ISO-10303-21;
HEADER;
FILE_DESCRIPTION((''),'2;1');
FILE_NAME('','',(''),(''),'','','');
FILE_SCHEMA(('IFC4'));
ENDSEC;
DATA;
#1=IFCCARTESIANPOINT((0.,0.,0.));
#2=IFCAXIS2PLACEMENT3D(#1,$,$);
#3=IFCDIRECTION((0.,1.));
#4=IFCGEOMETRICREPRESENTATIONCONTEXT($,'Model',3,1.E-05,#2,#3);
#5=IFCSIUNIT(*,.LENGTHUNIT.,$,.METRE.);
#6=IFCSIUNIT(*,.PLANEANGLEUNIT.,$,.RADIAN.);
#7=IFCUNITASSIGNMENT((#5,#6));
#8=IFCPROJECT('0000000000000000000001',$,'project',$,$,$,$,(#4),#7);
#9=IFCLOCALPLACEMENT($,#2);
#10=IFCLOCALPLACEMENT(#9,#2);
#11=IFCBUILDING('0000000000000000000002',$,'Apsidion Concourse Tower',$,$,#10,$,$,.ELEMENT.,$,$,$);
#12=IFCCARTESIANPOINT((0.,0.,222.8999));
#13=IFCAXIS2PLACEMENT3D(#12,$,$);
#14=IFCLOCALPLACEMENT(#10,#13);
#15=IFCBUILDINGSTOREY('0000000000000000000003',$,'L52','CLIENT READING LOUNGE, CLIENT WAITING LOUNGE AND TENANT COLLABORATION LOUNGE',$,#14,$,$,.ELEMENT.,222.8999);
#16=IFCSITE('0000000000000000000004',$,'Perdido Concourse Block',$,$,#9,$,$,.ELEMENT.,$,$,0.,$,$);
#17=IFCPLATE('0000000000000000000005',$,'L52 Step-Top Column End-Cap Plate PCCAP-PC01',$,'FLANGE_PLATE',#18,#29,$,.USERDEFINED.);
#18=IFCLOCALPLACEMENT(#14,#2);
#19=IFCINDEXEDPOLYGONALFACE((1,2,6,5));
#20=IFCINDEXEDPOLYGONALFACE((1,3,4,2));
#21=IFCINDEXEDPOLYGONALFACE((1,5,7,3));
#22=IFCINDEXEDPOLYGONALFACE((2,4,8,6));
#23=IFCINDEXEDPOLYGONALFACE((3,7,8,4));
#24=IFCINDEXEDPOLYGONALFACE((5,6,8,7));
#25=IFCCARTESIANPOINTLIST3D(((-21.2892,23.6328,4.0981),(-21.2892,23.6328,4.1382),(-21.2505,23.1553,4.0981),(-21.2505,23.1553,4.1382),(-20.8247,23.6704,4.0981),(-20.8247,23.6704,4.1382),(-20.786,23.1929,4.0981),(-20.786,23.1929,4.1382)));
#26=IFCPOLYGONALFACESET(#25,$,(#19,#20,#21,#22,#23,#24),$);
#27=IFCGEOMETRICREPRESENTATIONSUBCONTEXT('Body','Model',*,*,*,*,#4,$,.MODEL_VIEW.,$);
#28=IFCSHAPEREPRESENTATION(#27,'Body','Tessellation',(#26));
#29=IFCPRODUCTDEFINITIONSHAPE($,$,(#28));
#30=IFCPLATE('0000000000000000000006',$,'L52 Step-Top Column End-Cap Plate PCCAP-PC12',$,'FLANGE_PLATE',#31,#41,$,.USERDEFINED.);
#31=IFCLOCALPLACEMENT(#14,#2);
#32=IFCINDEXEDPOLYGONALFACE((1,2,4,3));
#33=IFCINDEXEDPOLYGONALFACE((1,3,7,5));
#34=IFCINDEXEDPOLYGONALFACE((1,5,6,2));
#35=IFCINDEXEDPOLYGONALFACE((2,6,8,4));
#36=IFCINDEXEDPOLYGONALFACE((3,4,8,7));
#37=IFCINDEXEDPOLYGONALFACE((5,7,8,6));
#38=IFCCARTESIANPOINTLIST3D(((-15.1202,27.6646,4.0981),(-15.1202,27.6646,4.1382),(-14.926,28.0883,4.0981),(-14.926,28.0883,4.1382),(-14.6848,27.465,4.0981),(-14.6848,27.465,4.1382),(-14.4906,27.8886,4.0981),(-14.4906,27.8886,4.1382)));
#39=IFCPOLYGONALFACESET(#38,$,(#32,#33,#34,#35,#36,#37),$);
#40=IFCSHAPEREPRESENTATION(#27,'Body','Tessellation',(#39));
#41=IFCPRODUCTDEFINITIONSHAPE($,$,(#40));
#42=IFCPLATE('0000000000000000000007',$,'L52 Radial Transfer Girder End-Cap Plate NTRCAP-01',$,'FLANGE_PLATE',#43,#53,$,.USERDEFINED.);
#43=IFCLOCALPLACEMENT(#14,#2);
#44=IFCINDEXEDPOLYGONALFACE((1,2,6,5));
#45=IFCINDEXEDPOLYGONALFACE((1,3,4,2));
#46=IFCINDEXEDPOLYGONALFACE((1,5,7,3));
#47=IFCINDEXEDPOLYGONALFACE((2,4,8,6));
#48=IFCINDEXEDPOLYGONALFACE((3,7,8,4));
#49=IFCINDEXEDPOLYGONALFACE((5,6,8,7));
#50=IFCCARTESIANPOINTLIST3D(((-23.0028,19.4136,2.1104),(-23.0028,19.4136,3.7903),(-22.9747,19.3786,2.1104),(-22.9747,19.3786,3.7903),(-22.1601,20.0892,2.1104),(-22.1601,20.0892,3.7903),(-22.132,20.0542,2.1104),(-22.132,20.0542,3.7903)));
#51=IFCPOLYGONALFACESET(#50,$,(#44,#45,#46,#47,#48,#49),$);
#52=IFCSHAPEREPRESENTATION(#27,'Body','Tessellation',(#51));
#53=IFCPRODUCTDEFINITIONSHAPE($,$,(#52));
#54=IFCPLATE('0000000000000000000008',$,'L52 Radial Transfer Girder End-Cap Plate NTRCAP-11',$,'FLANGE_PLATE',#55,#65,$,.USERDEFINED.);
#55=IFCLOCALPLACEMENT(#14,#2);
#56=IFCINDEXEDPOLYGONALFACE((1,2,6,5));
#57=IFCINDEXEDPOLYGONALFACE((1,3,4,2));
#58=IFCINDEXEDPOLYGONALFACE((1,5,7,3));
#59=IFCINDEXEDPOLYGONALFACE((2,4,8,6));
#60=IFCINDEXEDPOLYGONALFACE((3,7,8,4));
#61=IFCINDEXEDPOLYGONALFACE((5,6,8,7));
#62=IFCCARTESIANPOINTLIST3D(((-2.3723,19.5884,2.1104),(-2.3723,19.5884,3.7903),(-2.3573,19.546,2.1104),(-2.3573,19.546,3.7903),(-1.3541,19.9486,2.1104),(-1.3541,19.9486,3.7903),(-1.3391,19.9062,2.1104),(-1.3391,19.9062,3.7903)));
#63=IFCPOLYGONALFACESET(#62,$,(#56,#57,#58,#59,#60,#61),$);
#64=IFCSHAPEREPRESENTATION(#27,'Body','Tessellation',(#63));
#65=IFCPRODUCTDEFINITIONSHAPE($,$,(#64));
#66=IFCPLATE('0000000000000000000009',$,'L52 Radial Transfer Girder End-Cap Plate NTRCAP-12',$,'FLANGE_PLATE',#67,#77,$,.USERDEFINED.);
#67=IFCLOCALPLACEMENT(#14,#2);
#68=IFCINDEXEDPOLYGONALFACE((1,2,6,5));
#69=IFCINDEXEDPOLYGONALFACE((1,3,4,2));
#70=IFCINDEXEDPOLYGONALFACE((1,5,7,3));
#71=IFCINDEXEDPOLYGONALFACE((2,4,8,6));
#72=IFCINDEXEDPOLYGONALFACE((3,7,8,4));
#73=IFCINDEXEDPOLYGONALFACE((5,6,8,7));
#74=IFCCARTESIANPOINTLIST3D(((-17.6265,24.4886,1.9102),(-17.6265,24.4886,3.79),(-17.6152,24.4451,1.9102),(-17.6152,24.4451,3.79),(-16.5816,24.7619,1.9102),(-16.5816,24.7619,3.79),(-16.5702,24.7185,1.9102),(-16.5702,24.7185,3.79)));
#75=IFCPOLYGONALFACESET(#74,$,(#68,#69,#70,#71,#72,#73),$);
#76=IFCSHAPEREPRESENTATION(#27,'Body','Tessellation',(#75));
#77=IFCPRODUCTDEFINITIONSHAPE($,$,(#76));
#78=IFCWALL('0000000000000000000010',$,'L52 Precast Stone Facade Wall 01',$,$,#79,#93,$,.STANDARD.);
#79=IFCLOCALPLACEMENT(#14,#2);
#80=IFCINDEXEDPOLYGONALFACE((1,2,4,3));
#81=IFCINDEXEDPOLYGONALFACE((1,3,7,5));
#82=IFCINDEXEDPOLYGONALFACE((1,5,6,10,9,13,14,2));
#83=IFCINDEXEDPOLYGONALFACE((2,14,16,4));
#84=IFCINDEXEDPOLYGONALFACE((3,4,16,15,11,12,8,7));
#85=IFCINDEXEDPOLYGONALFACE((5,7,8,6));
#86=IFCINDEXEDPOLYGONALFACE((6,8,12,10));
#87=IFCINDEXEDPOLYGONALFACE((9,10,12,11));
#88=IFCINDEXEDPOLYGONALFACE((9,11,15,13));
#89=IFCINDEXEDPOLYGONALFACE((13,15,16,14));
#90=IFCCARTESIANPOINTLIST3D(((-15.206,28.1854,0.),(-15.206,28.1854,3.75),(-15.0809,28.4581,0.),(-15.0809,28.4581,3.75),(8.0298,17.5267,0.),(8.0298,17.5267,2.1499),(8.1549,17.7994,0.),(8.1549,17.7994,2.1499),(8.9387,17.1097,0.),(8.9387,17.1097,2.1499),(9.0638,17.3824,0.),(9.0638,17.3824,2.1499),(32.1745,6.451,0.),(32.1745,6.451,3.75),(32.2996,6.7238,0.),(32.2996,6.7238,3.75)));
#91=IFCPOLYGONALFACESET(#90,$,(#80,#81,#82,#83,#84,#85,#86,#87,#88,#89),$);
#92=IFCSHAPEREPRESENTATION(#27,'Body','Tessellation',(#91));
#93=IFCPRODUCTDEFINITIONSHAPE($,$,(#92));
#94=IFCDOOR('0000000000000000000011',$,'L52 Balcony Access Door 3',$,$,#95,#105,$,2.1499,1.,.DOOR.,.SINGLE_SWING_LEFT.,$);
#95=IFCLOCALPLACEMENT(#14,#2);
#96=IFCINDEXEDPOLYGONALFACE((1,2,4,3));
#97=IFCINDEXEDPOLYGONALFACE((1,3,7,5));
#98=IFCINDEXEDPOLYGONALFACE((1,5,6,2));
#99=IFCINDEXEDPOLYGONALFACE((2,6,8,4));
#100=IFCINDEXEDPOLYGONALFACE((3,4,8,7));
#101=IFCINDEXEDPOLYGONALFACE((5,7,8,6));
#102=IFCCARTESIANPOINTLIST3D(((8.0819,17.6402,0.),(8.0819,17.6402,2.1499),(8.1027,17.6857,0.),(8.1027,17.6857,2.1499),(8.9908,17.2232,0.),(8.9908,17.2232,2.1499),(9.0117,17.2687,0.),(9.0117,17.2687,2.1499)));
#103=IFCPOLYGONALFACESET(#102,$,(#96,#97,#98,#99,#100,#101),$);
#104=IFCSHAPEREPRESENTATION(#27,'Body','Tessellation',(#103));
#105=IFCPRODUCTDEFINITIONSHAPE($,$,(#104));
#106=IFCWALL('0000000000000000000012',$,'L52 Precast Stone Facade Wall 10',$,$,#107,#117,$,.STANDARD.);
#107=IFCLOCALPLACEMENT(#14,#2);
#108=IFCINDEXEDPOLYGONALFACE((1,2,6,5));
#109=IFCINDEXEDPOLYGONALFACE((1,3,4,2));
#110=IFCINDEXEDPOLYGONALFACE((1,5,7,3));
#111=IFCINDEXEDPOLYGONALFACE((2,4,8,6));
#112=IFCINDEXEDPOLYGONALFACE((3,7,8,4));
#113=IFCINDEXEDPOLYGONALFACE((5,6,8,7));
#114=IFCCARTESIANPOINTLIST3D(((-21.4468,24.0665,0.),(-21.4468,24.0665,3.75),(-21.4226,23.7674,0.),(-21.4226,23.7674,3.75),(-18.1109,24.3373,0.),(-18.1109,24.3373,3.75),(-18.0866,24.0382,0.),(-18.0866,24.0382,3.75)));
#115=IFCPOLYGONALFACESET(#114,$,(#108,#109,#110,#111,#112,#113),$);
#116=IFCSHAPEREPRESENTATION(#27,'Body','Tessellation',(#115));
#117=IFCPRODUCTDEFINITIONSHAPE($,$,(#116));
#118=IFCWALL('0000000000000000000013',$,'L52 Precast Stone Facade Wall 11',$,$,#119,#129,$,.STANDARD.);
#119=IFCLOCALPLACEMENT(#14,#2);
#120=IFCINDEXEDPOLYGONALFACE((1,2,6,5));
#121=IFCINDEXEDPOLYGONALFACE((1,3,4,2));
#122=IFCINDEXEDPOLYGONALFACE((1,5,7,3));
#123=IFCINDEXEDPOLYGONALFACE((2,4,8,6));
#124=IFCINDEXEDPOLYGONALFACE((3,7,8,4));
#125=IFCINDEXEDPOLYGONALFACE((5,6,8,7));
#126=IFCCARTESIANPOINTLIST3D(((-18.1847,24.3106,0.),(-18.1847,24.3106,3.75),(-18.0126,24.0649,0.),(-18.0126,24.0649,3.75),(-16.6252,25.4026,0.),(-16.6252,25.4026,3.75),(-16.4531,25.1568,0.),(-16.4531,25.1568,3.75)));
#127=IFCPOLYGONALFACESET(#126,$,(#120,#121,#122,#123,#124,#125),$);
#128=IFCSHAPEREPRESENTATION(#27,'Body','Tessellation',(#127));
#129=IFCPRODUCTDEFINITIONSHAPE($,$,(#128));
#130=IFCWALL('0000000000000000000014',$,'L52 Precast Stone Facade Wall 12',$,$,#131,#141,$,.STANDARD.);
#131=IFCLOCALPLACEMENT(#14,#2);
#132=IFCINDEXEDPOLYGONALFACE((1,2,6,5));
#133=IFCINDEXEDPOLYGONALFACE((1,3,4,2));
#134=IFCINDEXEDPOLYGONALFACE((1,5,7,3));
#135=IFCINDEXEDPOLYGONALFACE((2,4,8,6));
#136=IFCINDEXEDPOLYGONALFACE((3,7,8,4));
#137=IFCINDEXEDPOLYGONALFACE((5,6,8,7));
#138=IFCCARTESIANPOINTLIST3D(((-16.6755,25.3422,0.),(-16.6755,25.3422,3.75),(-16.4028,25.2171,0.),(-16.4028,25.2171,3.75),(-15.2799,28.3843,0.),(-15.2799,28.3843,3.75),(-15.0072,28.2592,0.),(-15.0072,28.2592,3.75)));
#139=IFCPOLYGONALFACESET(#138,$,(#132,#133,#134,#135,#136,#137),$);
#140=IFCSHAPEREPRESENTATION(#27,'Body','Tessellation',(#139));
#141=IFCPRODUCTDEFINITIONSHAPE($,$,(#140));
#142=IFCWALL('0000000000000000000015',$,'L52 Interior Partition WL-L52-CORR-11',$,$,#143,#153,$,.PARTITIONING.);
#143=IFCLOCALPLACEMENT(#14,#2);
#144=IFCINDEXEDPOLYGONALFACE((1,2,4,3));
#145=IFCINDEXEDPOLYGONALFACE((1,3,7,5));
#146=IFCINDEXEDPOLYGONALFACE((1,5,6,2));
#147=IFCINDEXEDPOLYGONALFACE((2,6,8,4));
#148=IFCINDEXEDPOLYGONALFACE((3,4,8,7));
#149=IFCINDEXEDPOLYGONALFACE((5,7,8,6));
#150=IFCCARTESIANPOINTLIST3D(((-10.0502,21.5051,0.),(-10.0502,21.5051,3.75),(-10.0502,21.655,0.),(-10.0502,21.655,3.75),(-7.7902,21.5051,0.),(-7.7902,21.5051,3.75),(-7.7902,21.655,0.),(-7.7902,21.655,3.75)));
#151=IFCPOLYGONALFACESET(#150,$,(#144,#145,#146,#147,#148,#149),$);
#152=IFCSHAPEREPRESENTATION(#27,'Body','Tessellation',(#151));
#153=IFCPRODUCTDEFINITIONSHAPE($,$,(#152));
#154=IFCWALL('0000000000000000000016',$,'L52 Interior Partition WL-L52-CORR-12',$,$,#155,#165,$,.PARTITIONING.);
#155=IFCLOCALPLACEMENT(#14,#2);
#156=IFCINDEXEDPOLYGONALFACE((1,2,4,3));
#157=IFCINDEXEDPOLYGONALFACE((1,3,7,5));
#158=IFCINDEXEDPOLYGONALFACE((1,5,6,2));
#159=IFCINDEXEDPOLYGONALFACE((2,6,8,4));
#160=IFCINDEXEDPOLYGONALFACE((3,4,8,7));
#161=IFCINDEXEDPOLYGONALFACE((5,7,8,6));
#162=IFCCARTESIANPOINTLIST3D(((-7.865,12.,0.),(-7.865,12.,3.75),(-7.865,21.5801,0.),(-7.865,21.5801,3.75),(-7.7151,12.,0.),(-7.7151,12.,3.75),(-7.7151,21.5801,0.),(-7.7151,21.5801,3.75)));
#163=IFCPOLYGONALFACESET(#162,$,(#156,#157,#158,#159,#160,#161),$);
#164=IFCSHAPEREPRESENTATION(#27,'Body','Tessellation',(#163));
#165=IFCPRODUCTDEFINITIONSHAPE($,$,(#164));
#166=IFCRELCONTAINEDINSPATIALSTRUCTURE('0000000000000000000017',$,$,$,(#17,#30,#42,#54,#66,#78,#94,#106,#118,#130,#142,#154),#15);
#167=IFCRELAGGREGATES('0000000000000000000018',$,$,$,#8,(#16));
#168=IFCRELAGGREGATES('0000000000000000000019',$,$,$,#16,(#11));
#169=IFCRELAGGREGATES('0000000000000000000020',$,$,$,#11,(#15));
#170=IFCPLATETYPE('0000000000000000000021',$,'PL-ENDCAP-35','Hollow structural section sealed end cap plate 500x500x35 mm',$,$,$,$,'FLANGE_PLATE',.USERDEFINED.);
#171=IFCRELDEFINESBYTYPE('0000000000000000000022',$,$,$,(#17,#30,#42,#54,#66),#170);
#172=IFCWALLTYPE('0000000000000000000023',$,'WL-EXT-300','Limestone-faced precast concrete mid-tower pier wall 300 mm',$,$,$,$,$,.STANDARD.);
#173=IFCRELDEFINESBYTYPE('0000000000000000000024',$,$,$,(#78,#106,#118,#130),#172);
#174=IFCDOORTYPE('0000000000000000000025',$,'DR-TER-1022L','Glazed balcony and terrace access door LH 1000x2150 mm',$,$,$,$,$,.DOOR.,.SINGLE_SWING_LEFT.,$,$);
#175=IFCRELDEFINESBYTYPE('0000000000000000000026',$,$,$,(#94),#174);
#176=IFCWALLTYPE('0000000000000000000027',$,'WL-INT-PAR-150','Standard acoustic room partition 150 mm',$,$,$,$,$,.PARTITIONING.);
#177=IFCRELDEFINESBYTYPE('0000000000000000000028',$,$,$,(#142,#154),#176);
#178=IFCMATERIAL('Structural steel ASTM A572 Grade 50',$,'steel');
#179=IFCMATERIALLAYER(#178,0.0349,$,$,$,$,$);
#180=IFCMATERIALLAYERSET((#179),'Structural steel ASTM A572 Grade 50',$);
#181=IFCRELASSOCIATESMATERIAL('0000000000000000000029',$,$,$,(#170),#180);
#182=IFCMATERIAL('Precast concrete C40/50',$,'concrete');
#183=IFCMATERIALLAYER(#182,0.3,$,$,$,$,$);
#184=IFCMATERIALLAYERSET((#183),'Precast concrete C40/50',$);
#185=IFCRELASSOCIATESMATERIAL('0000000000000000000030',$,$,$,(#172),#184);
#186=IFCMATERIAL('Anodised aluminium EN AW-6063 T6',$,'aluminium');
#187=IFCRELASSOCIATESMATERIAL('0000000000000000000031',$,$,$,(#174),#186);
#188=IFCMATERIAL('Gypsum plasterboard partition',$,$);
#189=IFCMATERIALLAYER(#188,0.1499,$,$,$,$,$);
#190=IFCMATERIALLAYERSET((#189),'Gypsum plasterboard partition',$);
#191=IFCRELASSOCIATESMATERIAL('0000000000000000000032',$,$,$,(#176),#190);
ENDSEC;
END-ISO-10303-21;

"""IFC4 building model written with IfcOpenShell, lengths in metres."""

from ifc_helpers import new_model, si_unit, direction, frame, frame_2d, origin, origin_2d, place, context, subcontext, project, spatial, rectangle, extrude, material, layer, layer_set, type_object, element, fill, save


model = new_model("IFC4")

# Units and contexts
model_context = context("Model", 3, precision=1e-05, world=origin(), true_north=direction((0.0, 1.0)))
body_context = subcontext(model_context, "Body", "Model", "MODEL_VIEW")
ifc_project = project(units=[si_unit("LENGTHUNIT", "METRE"), si_unit("PLANEANGLEUNIT", "RADIAN")], contexts=[model_context])

# Site, building, storey
site_placement = place(None, origin())
site = spatial("IfcSite", under=ifc_project, at=site_placement, Name="Perdido Concourse Block", CompositionType="ELEMENT", RefElevation=0.0)
building_placement = place(site_placement, origin())
building = spatial("IfcBuilding", under=site, at=building_placement, Name="Apsidion Concourse Tower", CompositionType="ELEMENT")
storey_placement = place(building_placement, frame((0.0, 0.0, 222.8999)))
storey = spatial("IfcBuildingStorey", under=building, at=storey_placement, Name="L52", Description="CLIENT READING LOUNGE, CLIENT WAITING LOUNGE AND TENANT COLLABORATION LOUNGE", CompositionType="ELEMENT", Elevation=222.8999)

# Shared definitions
ifc_material_1 = material(Name="Structural steel ASTM A572 Grade 50", Category="steel")

# Plates
ifc_layer_1 = layer(ifc_material_1, 0.0349)
ifc_layer_set_1 = layer_set([ifc_layer_1], Name="Structural steel ASTM A572 Grade 50")
plate_type = type_object("IfcPlateType", Name="PL-ENDCAP-35", Description="Hollow structural section sealed end cap plate 500x500x35 mm", ElementType="FLANGE_PLATE", PredefinedType="USERDEFINED", material=ifc_layer_set_1)
for number, where, z_axis, x_axis, name in (
    (1, (-21.0376, 23.4128, 4.0981), (0.0, 0.0, 1.0), (-0.080721, 0.996737, 0.0), "L52 Step-Top Column End-Cap Plate PCCAP-PC01"),
    (2, (-14.8054, 27.7766, 4.0981), (0.0, 0.0, 1.0), (-0.909018, 0.416757, 0.0), "L52 Step-Top Column End-Cap Plate PCCAP-PC12"),
):
    element("IfcPlate", number, at=place(storey_placement, frame(where, z_axis=z_axis, x_axis=x_axis)), inside=storey, type_object=plate_type, Name=name, ObjectType="FLANGE_PLATE", PredefinedType="USERDEFINED", context=body_context, shape_type="SweptSolid", body=[
        extrude(rectangle(XDim=0.479, YDim=0.4661, at=origin_2d()), origin(), (0.0, 0.0, 1.0), 0.04),
    ])
for number, where, z_axis, x_axis, name in (
    (3, (-22.5674, 19.7339, 2.1104), (0.0, 0.0, 1.0), (-0.625515, 0.780212, 0.0), "L52 Radial Transfer Girder End-Cap Plate NTRCAP-01"),
    (4, (-1.8557, 19.7473, 2.1104), (0.0, 0.0, 1.0), (-0.333478, 0.942758, 0.0), "L52 Radial Transfer Girder End-Cap Plate NTRCAP-11"),
):
    element("IfcPlate", number, at=place(storey_placement, frame(where, z_axis=z_axis, x_axis=x_axis)), inside=storey, type_object=plate_type, Name=name, ObjectType="FLANGE_PLATE", PredefinedType="USERDEFINED", context=body_context, shape_type="SweptSolid", body=[
        extrude(rectangle(XDim=0.0449, YDim=1.0801, at=origin_2d()), origin(), (0.0, 0.0, 1.0), 1.6799),
    ])
plate_placement = place(storey_placement, frame((-17.0984, 24.6035, 1.9102), z_axis=(0.0, 0.0, 1.0), x_axis=(-0.253083, 0.967445, 0.0)))
element("IfcPlate", 5, at=plate_placement, inside=storey, type_object=plate_type, Name="L52 Radial Transfer Girder End-Cap Plate NTRCAP-12", ObjectType="FLANGE_PLATE", PredefinedType="USERDEFINED", context=body_context, shape_type="SweptSolid", body=[
    extrude(rectangle(XDim=0.0449, YDim=1.0801, at=origin_2d()), origin(), (0.0, 0.0, 1.0), 1.8799),
])

# Wall, opening, door
ifc_material_2 = material(Name="Precast concrete C40/50", Category="concrete")
ifc_layer_2 = layer(ifc_material_2, 0.3)
ifc_layer_set_2 = layer_set([ifc_layer_2], Name="Precast concrete C40/50")
wall_type_1 = type_object("IfcWallType", Name="WL-EXT-300", Description="Limestone-faced precast concrete mid-tower pier wall 300 mm", PredefinedType="STANDARD", material=ifc_layer_set_2)
wall_1_placement = place(storey_placement, frame((-15.1436, 28.3218, 0.0), z_axis=(0.0, 0.0, 1.0), x_axis=(0.908932, -0.416944, 0.0)))
wall_1 = element("IfcWall", 6, at=wall_1_placement, inside=storey, type_object=wall_type_1, Name="L52 Precast Stone Facade Wall 01", PredefinedType="STANDARD", context=body_context, shape_type="SweptSolid", body=[
    extrude(rectangle(XDim=52.1277, YDim=0.3, at=frame_2d((26.064, 0.0))), origin(), (0.0, 0.0, 1.0), 3.75),
])
opening_1_placement = place(wall_1_placement, frame((25.564, 0.0, 0.0)))
opening_1 = element("IfcOpeningElement", 7, at=opening_1_placement, cuts=wall_1, PredefinedType="OPENING", context=body_context, shape_type="SweptSolid", body=[
    extrude(rectangle(XDim=1.0, YDim=2.1499, at=frame_2d((0.5, 1.075))), frame((0.0, 0.1602, 0.0), z_axis=(0.0, -1.0, 0.0), x_axis=(1.0, 0.0, 0.0)), (0.0, 0.0, 1.0), 0.3201),
])
ifc_material_3 = material(Name="Anodised aluminium EN AW-6063 T6", Category="aluminium")
door_type_1 = type_object("IfcDoorType", Name="DR-TER-1022L", Description="Glazed balcony and terrace access door LH 1000x2150 mm", OperationType="SINGLE_SWING_LEFT", PredefinedType="DOOR", material=ifc_material_3)
door_1_placement = place(opening_1_placement, origin())
door_1 = element("IfcDoor", 8, at=door_1_placement, inside=storey, type_object=door_type_1, Name="L52 Balcony Access Door 3", OperationType="SINGLE_SWING_LEFT", OverallHeight=2.1499, OverallWidth=1.0, PredefinedType="DOOR", context=body_context, shape_type="SweptSolid", body=[
    extrude(rectangle(XDim=1.0, YDim=2.1499, at=frame_2d((0.5, 1.075))), frame((0.0, 0.0249, 0.0), z_axis=(0.0, -1.0, 0.0), x_axis=(1.0, 0.0, 0.0)), (0.0, 0.0, 1.0), 0.05),
])
fill(opening_1, door_1)

# Walls
wall_2_placement = place(storey_placement, frame((-21.4346, 23.917, 0.0), z_axis=(0.0, 0.0, 1.0), x_axis=(0.996723, 0.080896, 0.0)))
element("IfcWall", 9, at=wall_2_placement, inside=storey, type_object=wall_type_1, Name="L52 Precast Stone Facade Wall 10", PredefinedType="STANDARD", context=body_context, shape_type="SweptSolid", body=[
    extrude(rectangle(XDim=3.3469, YDim=0.3, at=frame_2d((1.6733, 0.0))), origin(), (0.0, 0.0, 1.0), 3.75),
])
wall_3_placement = place(storey_placement, frame((-18.0986, 24.1877, 0.0), z_axis=(0.0, 0.0, 1.0), x_axis=(0.819148, 0.573583, 0.0)))
element("IfcWall", 10, at=wall_3_placement, inside=storey, type_object=wall_type_1, Name="L52 Precast Stone Facade Wall 11", PredefinedType="STANDARD", context=body_context, shape_type="SweptSolid", body=[
    extrude(rectangle(XDim=1.9038, YDim=0.3, at=frame_2d((0.9519, 0.0))), origin(), (0.0, 0.0, 1.0), 3.75),
])
wall_4_placement = place(storey_placement, frame((-16.5391, 25.2798, 0.0), z_axis=(0.0, 0.0, 1.0), x_axis=(0.416966, 0.908922, 0.0)))
element("IfcWall", 11, at=wall_4_placement, inside=storey, type_object=wall_type_1, Name="L52 Precast Stone Facade Wall 12", PredefinedType="STANDARD", context=body_context, shape_type="SweptSolid", body=[
    extrude(rectangle(XDim=3.3469, YDim=0.3, at=frame_2d((1.6733, 0.0))), origin(), (0.0, 0.0, 1.0), 3.75),
])
ifc_material_4 = material(Name="Gypsum plasterboard partition")
ifc_layer_3 = layer(ifc_material_4, 0.1499)
ifc_layer_set_3 = layer_set([ifc_layer_3], Name="Gypsum plasterboard partition")
wall_type_2 = type_object("IfcWallType", Name="WL-INT-PAR-150", Description="Standard acoustic room partition 150 mm", PredefinedType="PARTITIONING", material=ifc_layer_set_3)
wall_5_placement = place(storey_placement, frame((-10.05, 21.5801, 0.0), z_axis=(0.0, 0.0, 1.0), x_axis=(1.0, 0.0, 0.0)))
element("IfcWall", 12, at=wall_5_placement, inside=storey, type_object=wall_type_2, Name="L52 Interior Partition WL-L52-CORR-11", PredefinedType="PARTITIONING", context=body_context, shape_type="SweptSolid", body=[
    extrude(rectangle(XDim=2.26, YDim=0.1499, at=frame_2d((1.1299, 0.0))), origin(), (0.0, 0.0, 1.0), 3.75),
])
wall_6_placement = place(storey_placement, frame((-7.79, 21.5801, 0.0), z_axis=(0.0, 0.0, 1.0), x_axis=(0.0, -1.0, 0.0)))
element("IfcWall", 13, at=wall_6_placement, inside=storey, type_object=wall_type_2, Name="L52 Interior Partition WL-L52-CORR-12", PredefinedType="PARTITIONING", context=body_context, shape_type="SweptSolid", body=[
    extrude(rectangle(XDim=9.5801, YDim=0.1499, at=frame_2d((4.79, 0.0))), origin(), (0.0, 0.0, 1.0), 3.75),
])

save(model, "model.ifc")
